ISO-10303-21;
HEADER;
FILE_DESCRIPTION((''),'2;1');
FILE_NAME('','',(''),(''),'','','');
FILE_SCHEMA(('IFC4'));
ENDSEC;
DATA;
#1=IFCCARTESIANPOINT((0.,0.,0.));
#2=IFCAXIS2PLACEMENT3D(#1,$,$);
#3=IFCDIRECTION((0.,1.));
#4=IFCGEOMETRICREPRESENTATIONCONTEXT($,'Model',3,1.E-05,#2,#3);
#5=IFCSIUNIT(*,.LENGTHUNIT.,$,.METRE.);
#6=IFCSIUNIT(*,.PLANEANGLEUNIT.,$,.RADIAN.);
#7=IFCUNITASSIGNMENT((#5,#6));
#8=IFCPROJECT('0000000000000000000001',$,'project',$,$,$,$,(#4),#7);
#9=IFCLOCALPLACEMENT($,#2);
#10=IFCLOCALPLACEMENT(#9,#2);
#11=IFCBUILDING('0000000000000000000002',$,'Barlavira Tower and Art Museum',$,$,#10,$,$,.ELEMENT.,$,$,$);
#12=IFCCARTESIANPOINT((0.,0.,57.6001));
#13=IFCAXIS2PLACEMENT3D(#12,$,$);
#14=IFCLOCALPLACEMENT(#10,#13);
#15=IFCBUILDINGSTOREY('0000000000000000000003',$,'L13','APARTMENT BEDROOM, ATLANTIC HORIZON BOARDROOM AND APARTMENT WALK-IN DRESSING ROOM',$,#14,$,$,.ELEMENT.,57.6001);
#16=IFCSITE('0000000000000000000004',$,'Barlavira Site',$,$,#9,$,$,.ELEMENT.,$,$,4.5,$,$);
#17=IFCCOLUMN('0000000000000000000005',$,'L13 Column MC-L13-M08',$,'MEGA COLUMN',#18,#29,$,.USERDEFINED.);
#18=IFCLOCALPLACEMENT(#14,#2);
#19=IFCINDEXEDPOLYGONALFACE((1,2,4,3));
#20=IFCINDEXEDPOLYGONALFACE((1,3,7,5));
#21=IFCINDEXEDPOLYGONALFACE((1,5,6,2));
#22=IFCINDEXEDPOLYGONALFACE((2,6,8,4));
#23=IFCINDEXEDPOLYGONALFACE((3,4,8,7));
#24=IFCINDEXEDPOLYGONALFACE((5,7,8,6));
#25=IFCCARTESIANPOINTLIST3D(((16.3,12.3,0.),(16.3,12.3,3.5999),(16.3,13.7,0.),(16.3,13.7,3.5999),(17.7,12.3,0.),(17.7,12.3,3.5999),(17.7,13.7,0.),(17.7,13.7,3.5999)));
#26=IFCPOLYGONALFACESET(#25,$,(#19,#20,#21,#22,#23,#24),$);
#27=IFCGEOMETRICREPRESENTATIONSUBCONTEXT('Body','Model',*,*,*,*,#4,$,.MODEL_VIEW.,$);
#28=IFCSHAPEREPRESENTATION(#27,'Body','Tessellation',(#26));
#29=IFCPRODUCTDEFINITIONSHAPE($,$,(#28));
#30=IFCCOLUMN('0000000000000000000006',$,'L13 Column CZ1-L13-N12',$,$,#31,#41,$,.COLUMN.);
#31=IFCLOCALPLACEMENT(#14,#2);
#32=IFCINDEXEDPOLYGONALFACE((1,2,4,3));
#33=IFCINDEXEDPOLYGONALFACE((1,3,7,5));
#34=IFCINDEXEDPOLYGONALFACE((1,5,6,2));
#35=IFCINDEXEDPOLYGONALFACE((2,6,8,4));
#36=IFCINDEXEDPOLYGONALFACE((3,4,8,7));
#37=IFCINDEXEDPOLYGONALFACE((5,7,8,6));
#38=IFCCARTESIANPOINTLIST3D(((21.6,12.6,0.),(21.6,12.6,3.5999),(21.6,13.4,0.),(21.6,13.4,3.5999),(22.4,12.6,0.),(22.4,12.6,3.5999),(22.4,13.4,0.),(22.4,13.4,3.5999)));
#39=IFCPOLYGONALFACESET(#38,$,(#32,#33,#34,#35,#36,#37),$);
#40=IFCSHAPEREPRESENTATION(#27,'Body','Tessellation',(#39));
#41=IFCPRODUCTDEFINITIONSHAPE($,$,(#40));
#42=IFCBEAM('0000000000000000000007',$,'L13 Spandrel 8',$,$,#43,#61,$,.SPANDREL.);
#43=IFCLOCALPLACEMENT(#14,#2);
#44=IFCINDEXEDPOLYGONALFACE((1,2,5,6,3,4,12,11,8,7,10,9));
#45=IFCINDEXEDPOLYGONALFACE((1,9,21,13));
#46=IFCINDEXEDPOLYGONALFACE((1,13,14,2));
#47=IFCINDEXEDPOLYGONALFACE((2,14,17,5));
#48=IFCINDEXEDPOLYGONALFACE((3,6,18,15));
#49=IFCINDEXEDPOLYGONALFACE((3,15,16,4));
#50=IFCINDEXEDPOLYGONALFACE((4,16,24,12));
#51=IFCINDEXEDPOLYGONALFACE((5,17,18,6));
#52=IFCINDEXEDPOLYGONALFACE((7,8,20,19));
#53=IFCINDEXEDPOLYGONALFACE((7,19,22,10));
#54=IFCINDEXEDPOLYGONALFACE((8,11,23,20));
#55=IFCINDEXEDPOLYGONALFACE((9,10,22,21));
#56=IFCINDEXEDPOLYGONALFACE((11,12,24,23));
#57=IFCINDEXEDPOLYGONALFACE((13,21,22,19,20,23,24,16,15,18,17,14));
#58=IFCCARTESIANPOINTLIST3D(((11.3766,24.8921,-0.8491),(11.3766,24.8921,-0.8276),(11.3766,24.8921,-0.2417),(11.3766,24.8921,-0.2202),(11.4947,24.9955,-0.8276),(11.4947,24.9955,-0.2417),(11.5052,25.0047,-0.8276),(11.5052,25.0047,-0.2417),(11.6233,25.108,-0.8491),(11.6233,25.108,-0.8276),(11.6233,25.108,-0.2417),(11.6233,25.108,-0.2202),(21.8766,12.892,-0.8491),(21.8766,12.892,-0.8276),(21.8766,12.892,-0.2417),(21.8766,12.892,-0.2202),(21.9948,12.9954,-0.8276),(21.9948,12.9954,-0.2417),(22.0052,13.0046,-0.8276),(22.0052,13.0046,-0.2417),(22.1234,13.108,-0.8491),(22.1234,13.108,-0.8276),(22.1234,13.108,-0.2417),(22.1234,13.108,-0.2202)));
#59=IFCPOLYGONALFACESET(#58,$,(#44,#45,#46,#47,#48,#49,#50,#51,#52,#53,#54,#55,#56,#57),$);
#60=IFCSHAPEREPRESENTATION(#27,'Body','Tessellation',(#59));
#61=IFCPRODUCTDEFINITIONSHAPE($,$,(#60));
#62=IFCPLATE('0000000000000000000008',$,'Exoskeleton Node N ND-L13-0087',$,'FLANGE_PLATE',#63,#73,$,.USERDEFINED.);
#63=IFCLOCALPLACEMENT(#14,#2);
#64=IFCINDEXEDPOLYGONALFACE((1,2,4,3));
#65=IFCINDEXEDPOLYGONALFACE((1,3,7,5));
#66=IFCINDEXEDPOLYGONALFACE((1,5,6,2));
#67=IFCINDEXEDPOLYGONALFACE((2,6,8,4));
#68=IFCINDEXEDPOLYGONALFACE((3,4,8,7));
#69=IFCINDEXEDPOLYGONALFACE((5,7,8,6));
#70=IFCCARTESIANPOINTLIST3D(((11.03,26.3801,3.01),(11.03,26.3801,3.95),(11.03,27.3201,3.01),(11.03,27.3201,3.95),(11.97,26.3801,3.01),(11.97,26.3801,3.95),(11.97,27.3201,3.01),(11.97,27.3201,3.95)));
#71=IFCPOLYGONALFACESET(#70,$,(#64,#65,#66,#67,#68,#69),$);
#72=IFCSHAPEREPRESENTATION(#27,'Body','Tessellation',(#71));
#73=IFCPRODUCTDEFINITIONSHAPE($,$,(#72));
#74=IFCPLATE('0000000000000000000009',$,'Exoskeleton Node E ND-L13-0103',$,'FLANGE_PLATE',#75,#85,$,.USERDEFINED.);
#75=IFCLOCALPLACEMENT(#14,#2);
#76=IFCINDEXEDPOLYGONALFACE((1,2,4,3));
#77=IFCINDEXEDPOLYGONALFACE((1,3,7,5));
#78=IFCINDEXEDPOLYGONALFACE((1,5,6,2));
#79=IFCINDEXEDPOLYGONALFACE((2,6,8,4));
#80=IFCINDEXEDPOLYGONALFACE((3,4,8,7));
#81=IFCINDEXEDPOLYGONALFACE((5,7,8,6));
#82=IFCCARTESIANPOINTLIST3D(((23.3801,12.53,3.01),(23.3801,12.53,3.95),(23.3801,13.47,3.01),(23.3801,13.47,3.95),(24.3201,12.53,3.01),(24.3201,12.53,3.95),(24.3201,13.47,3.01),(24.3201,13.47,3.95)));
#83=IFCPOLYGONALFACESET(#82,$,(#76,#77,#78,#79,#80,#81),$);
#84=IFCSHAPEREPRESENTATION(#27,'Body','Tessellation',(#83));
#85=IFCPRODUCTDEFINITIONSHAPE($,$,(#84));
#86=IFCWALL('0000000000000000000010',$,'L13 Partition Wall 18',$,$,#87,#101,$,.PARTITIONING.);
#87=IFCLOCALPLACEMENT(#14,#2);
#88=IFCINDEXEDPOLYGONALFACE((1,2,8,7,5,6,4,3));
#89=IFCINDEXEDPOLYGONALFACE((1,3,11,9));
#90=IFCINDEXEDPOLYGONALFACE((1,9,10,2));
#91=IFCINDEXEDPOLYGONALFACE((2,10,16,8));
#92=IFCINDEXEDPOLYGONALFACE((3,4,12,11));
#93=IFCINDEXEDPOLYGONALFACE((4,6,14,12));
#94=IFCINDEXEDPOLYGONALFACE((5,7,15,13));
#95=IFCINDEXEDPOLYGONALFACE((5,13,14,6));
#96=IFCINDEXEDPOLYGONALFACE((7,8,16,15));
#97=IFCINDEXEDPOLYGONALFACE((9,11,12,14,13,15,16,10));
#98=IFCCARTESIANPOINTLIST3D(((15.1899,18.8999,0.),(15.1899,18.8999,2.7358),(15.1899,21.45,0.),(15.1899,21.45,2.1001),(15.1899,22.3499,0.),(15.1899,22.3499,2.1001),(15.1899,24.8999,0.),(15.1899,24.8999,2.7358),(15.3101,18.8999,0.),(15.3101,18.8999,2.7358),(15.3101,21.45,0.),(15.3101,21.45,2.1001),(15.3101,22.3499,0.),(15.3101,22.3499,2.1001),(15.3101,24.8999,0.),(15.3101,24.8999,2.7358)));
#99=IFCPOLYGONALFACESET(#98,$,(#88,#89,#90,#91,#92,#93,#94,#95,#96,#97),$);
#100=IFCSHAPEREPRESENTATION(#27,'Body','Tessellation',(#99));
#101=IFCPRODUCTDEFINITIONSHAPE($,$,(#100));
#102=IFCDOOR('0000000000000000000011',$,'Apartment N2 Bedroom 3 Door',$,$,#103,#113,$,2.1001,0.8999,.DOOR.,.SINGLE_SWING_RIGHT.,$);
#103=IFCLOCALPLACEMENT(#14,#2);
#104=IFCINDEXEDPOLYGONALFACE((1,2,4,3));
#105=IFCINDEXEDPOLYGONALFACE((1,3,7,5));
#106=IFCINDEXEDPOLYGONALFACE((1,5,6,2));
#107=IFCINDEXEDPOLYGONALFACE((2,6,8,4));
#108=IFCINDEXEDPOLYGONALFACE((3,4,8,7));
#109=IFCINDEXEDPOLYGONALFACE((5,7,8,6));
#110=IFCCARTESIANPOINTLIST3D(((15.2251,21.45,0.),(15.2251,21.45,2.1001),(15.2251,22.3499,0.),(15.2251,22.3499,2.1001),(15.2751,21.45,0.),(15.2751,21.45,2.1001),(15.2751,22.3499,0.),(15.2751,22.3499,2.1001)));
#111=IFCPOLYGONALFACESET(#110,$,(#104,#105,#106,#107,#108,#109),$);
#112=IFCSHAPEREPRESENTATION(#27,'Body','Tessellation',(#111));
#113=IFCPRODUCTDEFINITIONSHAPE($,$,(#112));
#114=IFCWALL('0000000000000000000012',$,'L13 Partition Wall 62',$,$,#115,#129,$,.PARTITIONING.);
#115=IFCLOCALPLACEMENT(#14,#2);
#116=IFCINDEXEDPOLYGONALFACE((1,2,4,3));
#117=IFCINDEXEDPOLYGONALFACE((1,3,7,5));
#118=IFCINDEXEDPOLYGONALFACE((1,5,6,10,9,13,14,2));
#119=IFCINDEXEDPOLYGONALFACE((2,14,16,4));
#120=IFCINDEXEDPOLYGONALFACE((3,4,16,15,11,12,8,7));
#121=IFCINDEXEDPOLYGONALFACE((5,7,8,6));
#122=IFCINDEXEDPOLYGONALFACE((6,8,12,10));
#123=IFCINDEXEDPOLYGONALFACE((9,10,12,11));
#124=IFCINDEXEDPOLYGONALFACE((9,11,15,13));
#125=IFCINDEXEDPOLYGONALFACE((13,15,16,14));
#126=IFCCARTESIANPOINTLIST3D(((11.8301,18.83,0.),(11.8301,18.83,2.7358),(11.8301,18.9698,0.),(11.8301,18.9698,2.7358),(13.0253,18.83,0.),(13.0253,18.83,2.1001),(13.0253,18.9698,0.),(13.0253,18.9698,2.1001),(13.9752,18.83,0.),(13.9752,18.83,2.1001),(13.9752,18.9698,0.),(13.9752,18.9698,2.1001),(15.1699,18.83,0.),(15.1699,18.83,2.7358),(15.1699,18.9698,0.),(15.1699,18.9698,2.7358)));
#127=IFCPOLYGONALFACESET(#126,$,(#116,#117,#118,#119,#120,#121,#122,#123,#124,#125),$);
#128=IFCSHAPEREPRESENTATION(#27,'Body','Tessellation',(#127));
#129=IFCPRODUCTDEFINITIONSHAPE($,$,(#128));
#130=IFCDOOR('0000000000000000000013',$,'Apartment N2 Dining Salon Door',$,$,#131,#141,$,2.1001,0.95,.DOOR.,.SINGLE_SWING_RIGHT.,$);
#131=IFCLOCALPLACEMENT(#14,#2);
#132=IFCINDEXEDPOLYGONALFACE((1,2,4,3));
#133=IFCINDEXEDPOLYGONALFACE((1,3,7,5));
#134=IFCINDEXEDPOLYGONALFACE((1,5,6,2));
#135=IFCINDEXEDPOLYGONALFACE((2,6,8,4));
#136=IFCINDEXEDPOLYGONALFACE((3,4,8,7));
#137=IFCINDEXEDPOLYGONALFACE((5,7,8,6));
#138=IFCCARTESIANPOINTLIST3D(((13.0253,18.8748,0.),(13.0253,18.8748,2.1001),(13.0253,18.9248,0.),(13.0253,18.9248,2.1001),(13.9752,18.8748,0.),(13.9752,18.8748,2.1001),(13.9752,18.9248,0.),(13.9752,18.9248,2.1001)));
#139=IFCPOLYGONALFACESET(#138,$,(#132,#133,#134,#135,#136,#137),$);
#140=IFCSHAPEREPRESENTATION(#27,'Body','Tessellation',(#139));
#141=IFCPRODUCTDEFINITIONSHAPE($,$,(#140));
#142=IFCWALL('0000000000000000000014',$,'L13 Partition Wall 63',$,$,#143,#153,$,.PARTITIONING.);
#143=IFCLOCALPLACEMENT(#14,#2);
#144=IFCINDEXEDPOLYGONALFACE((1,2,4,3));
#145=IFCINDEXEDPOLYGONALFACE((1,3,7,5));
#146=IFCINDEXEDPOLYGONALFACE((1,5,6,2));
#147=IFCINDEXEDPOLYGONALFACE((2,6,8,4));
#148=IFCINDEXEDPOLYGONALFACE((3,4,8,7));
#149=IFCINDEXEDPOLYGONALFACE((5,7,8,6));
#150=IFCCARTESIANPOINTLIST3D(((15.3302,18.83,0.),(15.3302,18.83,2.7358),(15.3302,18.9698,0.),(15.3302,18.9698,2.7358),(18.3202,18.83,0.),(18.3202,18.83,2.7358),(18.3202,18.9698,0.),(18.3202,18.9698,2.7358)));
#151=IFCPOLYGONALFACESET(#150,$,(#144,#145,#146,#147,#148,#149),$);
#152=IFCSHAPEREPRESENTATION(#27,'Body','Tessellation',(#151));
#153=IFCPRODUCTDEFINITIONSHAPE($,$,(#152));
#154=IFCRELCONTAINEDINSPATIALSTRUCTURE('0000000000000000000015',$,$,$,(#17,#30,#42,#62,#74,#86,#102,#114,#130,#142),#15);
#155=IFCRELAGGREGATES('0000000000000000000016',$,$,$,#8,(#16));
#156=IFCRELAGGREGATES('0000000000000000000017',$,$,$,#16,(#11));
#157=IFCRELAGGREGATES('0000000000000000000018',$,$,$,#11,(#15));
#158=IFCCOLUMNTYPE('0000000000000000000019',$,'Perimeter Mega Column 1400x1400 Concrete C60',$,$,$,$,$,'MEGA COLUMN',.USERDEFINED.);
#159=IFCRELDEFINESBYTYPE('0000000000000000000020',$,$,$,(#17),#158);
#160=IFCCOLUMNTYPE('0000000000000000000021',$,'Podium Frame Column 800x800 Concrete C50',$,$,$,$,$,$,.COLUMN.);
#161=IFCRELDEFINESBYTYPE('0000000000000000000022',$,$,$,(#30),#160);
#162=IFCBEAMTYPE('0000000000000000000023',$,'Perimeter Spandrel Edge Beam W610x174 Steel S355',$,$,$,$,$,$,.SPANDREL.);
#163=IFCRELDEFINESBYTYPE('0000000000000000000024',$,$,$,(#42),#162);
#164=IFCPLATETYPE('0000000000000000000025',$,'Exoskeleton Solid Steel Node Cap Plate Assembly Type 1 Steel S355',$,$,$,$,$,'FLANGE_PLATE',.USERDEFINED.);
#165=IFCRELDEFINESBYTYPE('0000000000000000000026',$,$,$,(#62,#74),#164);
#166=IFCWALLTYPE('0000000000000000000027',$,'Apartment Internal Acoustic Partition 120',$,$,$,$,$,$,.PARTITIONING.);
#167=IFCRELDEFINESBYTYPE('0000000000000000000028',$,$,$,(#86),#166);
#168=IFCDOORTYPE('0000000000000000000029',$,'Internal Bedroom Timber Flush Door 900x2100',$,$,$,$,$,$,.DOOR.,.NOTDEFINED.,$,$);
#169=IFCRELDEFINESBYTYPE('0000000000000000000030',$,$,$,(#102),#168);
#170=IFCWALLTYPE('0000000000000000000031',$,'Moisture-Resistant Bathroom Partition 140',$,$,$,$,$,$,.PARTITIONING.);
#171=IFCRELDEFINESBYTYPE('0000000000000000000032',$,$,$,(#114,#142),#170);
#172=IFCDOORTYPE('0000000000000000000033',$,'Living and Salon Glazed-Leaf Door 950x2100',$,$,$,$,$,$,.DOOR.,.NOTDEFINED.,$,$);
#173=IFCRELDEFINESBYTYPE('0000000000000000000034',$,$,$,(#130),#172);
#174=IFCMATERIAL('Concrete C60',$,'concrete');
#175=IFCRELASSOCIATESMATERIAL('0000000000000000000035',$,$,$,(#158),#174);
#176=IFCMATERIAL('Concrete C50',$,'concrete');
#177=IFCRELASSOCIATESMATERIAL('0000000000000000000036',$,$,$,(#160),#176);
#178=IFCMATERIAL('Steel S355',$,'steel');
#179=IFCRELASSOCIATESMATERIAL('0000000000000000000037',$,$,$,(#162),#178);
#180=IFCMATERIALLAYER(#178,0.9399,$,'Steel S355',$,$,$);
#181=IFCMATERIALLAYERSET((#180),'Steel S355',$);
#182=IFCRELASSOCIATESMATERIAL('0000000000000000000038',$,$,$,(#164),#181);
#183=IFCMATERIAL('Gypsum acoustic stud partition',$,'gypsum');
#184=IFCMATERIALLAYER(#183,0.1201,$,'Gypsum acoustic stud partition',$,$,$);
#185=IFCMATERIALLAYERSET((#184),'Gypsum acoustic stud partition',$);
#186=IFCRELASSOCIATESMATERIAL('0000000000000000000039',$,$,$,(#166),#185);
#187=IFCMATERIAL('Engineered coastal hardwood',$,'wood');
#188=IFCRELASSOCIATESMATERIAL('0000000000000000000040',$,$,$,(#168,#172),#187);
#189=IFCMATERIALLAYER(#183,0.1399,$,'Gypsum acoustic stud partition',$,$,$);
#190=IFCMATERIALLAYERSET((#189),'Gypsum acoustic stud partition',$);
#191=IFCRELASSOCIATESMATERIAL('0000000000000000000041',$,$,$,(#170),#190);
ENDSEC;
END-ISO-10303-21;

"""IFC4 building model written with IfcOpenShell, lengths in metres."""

from ifc_helpers import new_model, si_unit, direction, frame, frame_2d, origin, origin_2d, place, context, subcontext, project, spatial, rectangle, i_section, extrude, material, layer, layer_set, material_profile, profile_set, type_object, element, fill, save


model = new_model("IFC4")

# Units and contexts
model_context = context("Model", 3, precision=1e-05, world=origin(), true_north=direction((0.0, 1.0)))
body_context = subcontext(model_context, "Body", "Model", "MODEL_VIEW")
ifc_project = project(units=[si_unit("LENGTHUNIT", "METRE"), si_unit("PLANEANGLEUNIT", "RADIAN")], contexts=[model_context])

# Site, building, storey
site_placement = place(None, origin())
site = spatial("IfcSite", under=ifc_project, at=site_placement, Name="Barlavira Site", CompositionType="ELEMENT", RefElevation=4.5)
building_placement = place(site_placement, origin())
building = spatial("IfcBuilding", under=site, at=building_placement, Name="Barlavira Tower and Art Museum", CompositionType="ELEMENT")
storey_placement = place(building_placement, frame((0.0, 0.0, 57.6001)))
storey = spatial("IfcBuildingStorey", under=building, at=storey_placement, Name="L13", Description="APARTMENT BEDROOM, ATLANTIC HORIZON BOARDROOM AND APARTMENT WALK-IN DRESSING ROOM", CompositionType="ELEMENT", Elevation=57.6001)

# Columns
ifc_material_1 = material(Name="Concrete C60", Category="concrete")
ifc_material_profile_1 = material_profile(ifc_material_1, rectangle(XDim=1.3999, YDim=1.3999, at=origin_2d()), Name="RC-MCOL 1400x1400")
ifc_profile_set_1 = profile_set([ifc_material_profile_1], Name="Concrete C60")
column_type_1 = type_object("IfcColumnType", Name="Perimeter Mega Column 1400x1400 Concrete C60", ElementType="MEGA COLUMN", PredefinedType="USERDEFINED", material=ifc_profile_set_1)
column_1_placement = place(storey_placement, frame((17.0, 13.0, 0.0), z_axis=(0.0, 0.0, 1.0), x_axis=(1.0, 0.0, 0.0)))
element("IfcColumn", 1, at=column_1_placement, inside=storey, type_object=column_type_1, Name="L13 Column MC-L13-M08", ObjectType="MEGA COLUMN", PredefinedType="USERDEFINED", context=body_context, shape_type="SweptSolid", body=[
    extrude(rectangle(XDim=1.3999, YDim=1.3999, at=origin_2d()), origin(), (0.0, 0.0, 1.0), 3.5999),
])
ifc_material_2 = material(Name="Concrete C50", Category="concrete")
ifc_material_profile_2 = material_profile(ifc_material_2, rectangle(XDim=0.8, YDim=0.8, at=origin_2d()), Name="RC-COL 800x800")
ifc_profile_set_2 = profile_set([ifc_material_profile_2], Name="Concrete C50")
column_type_2 = type_object("IfcColumnType", Name="Podium Frame Column 800x800 Concrete C50", PredefinedType="COLUMN", material=ifc_profile_set_2)
column_2_placement = place(storey_placement, frame((22.0, 13.0, 0.0), z_axis=(0.0, 0.0, 1.0), x_axis=(1.0, 0.0, 0.0)))
element("IfcColumn", 2, at=column_2_placement, inside=storey, type_object=column_type_2, Name="L13 Column CZ1-L13-N12", PredefinedType="COLUMN", context=body_context, shape_type="SweptSolid", body=[
    extrude(rectangle(XDim=0.8, YDim=0.8, at=origin_2d()), origin(), (0.0, 0.0, 1.0), 3.5999),
])

# Beam
ifc_material_3 = material(Name="Steel S355", Category="steel")
ifc_material_profile_3 = material_profile(ifc_material_3, i_section(OverallWidth=0.3279, OverallDepth=0.6289, WebThickness=0.0139, FlangeThickness=0.0215, at=origin_2d()), Name="W610x174.0")
ifc_profile_set_3 = profile_set([ifc_material_profile_3], Name="Steel S355")
beam_type = type_object("IfcBeamType", Name="Perimeter Spandrel Edge Beam W610x174 Steel S355", PredefinedType="SPANDREL", material=ifc_profile_set_3)
beam_placement = place(storey_placement, frame((22.0, 13.0, -0.5347), z_axis=(-0.658505, 0.752577, 0.0), x_axis=(-0.752577, -0.658505, 0.0)))
element("IfcBeam", 3, at=beam_placement, inside=storey, type_object=beam_type, Name="L13 Spandrel 8", PredefinedType="SPANDREL", context=body_context, shape_type="SweptSolid", body=[
    extrude(i_section(OverallWidth=0.3279, OverallDepth=0.6289, WebThickness=0.0139, FlangeThickness=0.0215, at=origin_2d()), origin(), (0.0, 0.0, 1.0), 15.9453),
])

# Plates
ifc_layer_1 = layer(ifc_material_3, 0.9399, Name="Steel S355")
ifc_layer_set_1 = layer_set([ifc_layer_1], Name="Steel S355")
plate_type = type_object("IfcPlateType", Name="Exoskeleton Solid Steel Node Cap Plate Assembly Type 1 Steel S355", ElementType="FLANGE_PLATE", PredefinedType="USERDEFINED", material=ifc_layer_set_1)
for number, where, z_axis, x_axis, name in (
    (4, (11.5, 26.8501, 3.01), (0.0, 0.0, 1.0), (1.0, 0.0, 0.0), "Exoskeleton Node N ND-L13-0087"),
    (5, (23.8501, 13.0, 3.01), (0.0, 0.0, 1.0), (1.0, 0.0, 0.0), "Exoskeleton Node E ND-L13-0103"),
):
    element("IfcPlate", number, at=place(storey_placement, frame(where, z_axis=z_axis, x_axis=x_axis)), inside=storey, type_object=plate_type, Name=name, ObjectType="FLANGE_PLATE", PredefinedType="USERDEFINED", context=body_context, shape_type="SweptSolid", body=[
        extrude(rectangle(XDim=0.9399, YDim=0.9399, at=origin_2d()), origin(), (0.0, 0.0, 1.0), 0.9399),
    ])

# Walls, openings, doors
ifc_material_4 = material(Name="Gypsum acoustic stud partition", Category="gypsum")
ifc_layer_2 = layer(ifc_material_4, 0.1201, Name="Gypsum acoustic stud partition")
ifc_layer_set_2 = layer_set([ifc_layer_2], Name="Gypsum acoustic stud partition")
wall_type_1 = type_object("IfcWallType", Name="Apartment Internal Acoustic Partition 120", PredefinedType="PARTITIONING", material=ifc_layer_set_2)
wall_1_placement = place(storey_placement, frame((15.25, 18.8999, 0.0), z_axis=(0.0, 0.0, 1.0), x_axis=(0.0, 1.0, 0.0)))
wall_1 = element("IfcWall", 6, at=wall_1_placement, inside=storey, type_object=wall_type_1, Name="L13 Partition Wall 18", PredefinedType="PARTITIONING", context=body_context, shape_type="SweptSolid", body=[
    extrude(rectangle(XDim=6.0, YDim=0.1201, at=frame_2d((3.0, 0.0))), origin(), (0.0, 0.0, 1.0), 2.7358),
])
opening_1_placement = place(wall_1_placement, frame((2.55, 0.0, 0.0)))
opening_1 = element("IfcOpeningElement", 7, at=opening_1_placement, cuts=wall_1, PredefinedType="OPENING", context=body_context, shape_type="SweptSolid", body=[
    extrude(rectangle(XDim=0.8999, YDim=2.1001, at=frame_2d((0.45, 1.05))), frame((0.0, 0.0701, 0.0), z_axis=(0.0, -1.0, 0.0), x_axis=(1.0, 0.0, 0.0)), (0.0, 0.0, 1.0), 0.1401),
])
ifc_material_5 = material(Name="Engineered coastal hardwood", Category="wood")
door_type_1 = type_object("IfcDoorType", Name="Internal Bedroom Timber Flush Door 900x2100", OperationType="NOTDEFINED", PredefinedType="DOOR", material=ifc_material_5)
door_1_placement = place(opening_1_placement, origin())
door_1 = element("IfcDoor", 8, at=door_1_placement, inside=storey, type_object=door_type_1, Name="Apartment N2 Bedroom 3 Door", OperationType="SINGLE_SWING_RIGHT", OverallHeight=2.1001, OverallWidth=0.8999, PredefinedType="DOOR", context=body_context, shape_type="SweptSolid", body=[
    extrude(rectangle(XDim=0.8999, YDim=2.1001, at=frame_2d((0.45, 1.05))), frame((0.0, 0.0249, 0.0), z_axis=(0.0, -1.0, 0.0), x_axis=(1.0, 0.0, 0.0)), (0.0, 0.0, 1.0), 0.05),
])
fill(opening_1, door_1)
ifc_layer_3 = layer(ifc_material_4, 0.1399, Name="Gypsum acoustic stud partition")
ifc_layer_set_3 = layer_set([ifc_layer_3], Name="Gypsum acoustic stud partition")
wall_type_2 = type_object("IfcWallType", Name="Moisture-Resistant Bathroom Partition 140", PredefinedType="PARTITIONING", material=ifc_layer_set_3)
wall_2_placement = place(storey_placement, frame((11.8301, 18.8999, 0.0), z_axis=(0.0, 0.0, 1.0), x_axis=(1.0, 0.0, 0.0)))
wall_2 = element("IfcWall", 9, at=wall_2_placement, inside=storey, type_object=wall_type_2, Name="L13 Partition Wall 62", PredefinedType="PARTITIONING", context=body_context, shape_type="SweptSolid", body=[
    extrude(rectangle(XDim=3.3398, YDim=0.1399, at=frame_2d((1.6699, 0.0))), origin(), (0.0, 0.0, 1.0), 2.7358),
])
opening_2_placement = place(wall_2_placement, frame((1.1951, 0.0, 0.0)))
opening_2 = element("IfcOpeningElement", 10, at=opening_2_placement, cuts=wall_2, PredefinedType="OPENING", context=body_context, shape_type="SweptSolid", body=[
    extrude(rectangle(XDim=0.95, YDim=2.1001, at=frame_2d((0.4751, 1.05))), frame((0.0, 0.0801, 0.0), z_axis=(0.0, -1.0, 0.0), x_axis=(1.0, 0.0, 0.0)), (0.0, 0.0, 1.0), 0.1599),
])
door_type_2 = type_object("IfcDoorType", Name="Living and Salon Glazed-Leaf Door 950x2100", OperationType="NOTDEFINED", PredefinedType="DOOR", material=ifc_material_5)
door_2_placement = place(opening_2_placement, origin())
door_2 = element("IfcDoor", 11, at=door_2_placement, inside=storey, type_object=door_type_2, Name="Apartment N2 Dining Salon Door", OperationType="SINGLE_SWING_RIGHT", OverallHeight=2.1001, OverallWidth=0.95, PredefinedType="DOOR", context=body_context, shape_type="SweptSolid", body=[
    extrude(rectangle(XDim=0.95, YDim=2.1001, at=frame_2d((0.4751, 1.05))), frame((0.0, 0.0249, 0.0), z_axis=(0.0, -1.0, 0.0), x_axis=(1.0, 0.0, 0.0)), (0.0, 0.0, 1.0), 0.05),
])
fill(opening_2, door_2)

# Wall
wall_3_placement = place(storey_placement, frame((15.3301, 18.8999, 0.0), z_axis=(0.0, 0.0, 1.0), x_axis=(1.0, 0.0, 0.0)))
element("IfcWall", 12, at=wall_3_placement, inside=storey, type_object=wall_type_2, Name="L13 Partition Wall 63", PredefinedType="PARTITIONING", context=body_context, shape_type="SweptSolid", body=[
    extrude(rectangle(XDim=2.99, YDim=0.1399, at=frame_2d((1.4951, 0.0))), origin(), (0.0, 0.0, 1.0), 2.7358),
])

save(model, "model.ifc")
